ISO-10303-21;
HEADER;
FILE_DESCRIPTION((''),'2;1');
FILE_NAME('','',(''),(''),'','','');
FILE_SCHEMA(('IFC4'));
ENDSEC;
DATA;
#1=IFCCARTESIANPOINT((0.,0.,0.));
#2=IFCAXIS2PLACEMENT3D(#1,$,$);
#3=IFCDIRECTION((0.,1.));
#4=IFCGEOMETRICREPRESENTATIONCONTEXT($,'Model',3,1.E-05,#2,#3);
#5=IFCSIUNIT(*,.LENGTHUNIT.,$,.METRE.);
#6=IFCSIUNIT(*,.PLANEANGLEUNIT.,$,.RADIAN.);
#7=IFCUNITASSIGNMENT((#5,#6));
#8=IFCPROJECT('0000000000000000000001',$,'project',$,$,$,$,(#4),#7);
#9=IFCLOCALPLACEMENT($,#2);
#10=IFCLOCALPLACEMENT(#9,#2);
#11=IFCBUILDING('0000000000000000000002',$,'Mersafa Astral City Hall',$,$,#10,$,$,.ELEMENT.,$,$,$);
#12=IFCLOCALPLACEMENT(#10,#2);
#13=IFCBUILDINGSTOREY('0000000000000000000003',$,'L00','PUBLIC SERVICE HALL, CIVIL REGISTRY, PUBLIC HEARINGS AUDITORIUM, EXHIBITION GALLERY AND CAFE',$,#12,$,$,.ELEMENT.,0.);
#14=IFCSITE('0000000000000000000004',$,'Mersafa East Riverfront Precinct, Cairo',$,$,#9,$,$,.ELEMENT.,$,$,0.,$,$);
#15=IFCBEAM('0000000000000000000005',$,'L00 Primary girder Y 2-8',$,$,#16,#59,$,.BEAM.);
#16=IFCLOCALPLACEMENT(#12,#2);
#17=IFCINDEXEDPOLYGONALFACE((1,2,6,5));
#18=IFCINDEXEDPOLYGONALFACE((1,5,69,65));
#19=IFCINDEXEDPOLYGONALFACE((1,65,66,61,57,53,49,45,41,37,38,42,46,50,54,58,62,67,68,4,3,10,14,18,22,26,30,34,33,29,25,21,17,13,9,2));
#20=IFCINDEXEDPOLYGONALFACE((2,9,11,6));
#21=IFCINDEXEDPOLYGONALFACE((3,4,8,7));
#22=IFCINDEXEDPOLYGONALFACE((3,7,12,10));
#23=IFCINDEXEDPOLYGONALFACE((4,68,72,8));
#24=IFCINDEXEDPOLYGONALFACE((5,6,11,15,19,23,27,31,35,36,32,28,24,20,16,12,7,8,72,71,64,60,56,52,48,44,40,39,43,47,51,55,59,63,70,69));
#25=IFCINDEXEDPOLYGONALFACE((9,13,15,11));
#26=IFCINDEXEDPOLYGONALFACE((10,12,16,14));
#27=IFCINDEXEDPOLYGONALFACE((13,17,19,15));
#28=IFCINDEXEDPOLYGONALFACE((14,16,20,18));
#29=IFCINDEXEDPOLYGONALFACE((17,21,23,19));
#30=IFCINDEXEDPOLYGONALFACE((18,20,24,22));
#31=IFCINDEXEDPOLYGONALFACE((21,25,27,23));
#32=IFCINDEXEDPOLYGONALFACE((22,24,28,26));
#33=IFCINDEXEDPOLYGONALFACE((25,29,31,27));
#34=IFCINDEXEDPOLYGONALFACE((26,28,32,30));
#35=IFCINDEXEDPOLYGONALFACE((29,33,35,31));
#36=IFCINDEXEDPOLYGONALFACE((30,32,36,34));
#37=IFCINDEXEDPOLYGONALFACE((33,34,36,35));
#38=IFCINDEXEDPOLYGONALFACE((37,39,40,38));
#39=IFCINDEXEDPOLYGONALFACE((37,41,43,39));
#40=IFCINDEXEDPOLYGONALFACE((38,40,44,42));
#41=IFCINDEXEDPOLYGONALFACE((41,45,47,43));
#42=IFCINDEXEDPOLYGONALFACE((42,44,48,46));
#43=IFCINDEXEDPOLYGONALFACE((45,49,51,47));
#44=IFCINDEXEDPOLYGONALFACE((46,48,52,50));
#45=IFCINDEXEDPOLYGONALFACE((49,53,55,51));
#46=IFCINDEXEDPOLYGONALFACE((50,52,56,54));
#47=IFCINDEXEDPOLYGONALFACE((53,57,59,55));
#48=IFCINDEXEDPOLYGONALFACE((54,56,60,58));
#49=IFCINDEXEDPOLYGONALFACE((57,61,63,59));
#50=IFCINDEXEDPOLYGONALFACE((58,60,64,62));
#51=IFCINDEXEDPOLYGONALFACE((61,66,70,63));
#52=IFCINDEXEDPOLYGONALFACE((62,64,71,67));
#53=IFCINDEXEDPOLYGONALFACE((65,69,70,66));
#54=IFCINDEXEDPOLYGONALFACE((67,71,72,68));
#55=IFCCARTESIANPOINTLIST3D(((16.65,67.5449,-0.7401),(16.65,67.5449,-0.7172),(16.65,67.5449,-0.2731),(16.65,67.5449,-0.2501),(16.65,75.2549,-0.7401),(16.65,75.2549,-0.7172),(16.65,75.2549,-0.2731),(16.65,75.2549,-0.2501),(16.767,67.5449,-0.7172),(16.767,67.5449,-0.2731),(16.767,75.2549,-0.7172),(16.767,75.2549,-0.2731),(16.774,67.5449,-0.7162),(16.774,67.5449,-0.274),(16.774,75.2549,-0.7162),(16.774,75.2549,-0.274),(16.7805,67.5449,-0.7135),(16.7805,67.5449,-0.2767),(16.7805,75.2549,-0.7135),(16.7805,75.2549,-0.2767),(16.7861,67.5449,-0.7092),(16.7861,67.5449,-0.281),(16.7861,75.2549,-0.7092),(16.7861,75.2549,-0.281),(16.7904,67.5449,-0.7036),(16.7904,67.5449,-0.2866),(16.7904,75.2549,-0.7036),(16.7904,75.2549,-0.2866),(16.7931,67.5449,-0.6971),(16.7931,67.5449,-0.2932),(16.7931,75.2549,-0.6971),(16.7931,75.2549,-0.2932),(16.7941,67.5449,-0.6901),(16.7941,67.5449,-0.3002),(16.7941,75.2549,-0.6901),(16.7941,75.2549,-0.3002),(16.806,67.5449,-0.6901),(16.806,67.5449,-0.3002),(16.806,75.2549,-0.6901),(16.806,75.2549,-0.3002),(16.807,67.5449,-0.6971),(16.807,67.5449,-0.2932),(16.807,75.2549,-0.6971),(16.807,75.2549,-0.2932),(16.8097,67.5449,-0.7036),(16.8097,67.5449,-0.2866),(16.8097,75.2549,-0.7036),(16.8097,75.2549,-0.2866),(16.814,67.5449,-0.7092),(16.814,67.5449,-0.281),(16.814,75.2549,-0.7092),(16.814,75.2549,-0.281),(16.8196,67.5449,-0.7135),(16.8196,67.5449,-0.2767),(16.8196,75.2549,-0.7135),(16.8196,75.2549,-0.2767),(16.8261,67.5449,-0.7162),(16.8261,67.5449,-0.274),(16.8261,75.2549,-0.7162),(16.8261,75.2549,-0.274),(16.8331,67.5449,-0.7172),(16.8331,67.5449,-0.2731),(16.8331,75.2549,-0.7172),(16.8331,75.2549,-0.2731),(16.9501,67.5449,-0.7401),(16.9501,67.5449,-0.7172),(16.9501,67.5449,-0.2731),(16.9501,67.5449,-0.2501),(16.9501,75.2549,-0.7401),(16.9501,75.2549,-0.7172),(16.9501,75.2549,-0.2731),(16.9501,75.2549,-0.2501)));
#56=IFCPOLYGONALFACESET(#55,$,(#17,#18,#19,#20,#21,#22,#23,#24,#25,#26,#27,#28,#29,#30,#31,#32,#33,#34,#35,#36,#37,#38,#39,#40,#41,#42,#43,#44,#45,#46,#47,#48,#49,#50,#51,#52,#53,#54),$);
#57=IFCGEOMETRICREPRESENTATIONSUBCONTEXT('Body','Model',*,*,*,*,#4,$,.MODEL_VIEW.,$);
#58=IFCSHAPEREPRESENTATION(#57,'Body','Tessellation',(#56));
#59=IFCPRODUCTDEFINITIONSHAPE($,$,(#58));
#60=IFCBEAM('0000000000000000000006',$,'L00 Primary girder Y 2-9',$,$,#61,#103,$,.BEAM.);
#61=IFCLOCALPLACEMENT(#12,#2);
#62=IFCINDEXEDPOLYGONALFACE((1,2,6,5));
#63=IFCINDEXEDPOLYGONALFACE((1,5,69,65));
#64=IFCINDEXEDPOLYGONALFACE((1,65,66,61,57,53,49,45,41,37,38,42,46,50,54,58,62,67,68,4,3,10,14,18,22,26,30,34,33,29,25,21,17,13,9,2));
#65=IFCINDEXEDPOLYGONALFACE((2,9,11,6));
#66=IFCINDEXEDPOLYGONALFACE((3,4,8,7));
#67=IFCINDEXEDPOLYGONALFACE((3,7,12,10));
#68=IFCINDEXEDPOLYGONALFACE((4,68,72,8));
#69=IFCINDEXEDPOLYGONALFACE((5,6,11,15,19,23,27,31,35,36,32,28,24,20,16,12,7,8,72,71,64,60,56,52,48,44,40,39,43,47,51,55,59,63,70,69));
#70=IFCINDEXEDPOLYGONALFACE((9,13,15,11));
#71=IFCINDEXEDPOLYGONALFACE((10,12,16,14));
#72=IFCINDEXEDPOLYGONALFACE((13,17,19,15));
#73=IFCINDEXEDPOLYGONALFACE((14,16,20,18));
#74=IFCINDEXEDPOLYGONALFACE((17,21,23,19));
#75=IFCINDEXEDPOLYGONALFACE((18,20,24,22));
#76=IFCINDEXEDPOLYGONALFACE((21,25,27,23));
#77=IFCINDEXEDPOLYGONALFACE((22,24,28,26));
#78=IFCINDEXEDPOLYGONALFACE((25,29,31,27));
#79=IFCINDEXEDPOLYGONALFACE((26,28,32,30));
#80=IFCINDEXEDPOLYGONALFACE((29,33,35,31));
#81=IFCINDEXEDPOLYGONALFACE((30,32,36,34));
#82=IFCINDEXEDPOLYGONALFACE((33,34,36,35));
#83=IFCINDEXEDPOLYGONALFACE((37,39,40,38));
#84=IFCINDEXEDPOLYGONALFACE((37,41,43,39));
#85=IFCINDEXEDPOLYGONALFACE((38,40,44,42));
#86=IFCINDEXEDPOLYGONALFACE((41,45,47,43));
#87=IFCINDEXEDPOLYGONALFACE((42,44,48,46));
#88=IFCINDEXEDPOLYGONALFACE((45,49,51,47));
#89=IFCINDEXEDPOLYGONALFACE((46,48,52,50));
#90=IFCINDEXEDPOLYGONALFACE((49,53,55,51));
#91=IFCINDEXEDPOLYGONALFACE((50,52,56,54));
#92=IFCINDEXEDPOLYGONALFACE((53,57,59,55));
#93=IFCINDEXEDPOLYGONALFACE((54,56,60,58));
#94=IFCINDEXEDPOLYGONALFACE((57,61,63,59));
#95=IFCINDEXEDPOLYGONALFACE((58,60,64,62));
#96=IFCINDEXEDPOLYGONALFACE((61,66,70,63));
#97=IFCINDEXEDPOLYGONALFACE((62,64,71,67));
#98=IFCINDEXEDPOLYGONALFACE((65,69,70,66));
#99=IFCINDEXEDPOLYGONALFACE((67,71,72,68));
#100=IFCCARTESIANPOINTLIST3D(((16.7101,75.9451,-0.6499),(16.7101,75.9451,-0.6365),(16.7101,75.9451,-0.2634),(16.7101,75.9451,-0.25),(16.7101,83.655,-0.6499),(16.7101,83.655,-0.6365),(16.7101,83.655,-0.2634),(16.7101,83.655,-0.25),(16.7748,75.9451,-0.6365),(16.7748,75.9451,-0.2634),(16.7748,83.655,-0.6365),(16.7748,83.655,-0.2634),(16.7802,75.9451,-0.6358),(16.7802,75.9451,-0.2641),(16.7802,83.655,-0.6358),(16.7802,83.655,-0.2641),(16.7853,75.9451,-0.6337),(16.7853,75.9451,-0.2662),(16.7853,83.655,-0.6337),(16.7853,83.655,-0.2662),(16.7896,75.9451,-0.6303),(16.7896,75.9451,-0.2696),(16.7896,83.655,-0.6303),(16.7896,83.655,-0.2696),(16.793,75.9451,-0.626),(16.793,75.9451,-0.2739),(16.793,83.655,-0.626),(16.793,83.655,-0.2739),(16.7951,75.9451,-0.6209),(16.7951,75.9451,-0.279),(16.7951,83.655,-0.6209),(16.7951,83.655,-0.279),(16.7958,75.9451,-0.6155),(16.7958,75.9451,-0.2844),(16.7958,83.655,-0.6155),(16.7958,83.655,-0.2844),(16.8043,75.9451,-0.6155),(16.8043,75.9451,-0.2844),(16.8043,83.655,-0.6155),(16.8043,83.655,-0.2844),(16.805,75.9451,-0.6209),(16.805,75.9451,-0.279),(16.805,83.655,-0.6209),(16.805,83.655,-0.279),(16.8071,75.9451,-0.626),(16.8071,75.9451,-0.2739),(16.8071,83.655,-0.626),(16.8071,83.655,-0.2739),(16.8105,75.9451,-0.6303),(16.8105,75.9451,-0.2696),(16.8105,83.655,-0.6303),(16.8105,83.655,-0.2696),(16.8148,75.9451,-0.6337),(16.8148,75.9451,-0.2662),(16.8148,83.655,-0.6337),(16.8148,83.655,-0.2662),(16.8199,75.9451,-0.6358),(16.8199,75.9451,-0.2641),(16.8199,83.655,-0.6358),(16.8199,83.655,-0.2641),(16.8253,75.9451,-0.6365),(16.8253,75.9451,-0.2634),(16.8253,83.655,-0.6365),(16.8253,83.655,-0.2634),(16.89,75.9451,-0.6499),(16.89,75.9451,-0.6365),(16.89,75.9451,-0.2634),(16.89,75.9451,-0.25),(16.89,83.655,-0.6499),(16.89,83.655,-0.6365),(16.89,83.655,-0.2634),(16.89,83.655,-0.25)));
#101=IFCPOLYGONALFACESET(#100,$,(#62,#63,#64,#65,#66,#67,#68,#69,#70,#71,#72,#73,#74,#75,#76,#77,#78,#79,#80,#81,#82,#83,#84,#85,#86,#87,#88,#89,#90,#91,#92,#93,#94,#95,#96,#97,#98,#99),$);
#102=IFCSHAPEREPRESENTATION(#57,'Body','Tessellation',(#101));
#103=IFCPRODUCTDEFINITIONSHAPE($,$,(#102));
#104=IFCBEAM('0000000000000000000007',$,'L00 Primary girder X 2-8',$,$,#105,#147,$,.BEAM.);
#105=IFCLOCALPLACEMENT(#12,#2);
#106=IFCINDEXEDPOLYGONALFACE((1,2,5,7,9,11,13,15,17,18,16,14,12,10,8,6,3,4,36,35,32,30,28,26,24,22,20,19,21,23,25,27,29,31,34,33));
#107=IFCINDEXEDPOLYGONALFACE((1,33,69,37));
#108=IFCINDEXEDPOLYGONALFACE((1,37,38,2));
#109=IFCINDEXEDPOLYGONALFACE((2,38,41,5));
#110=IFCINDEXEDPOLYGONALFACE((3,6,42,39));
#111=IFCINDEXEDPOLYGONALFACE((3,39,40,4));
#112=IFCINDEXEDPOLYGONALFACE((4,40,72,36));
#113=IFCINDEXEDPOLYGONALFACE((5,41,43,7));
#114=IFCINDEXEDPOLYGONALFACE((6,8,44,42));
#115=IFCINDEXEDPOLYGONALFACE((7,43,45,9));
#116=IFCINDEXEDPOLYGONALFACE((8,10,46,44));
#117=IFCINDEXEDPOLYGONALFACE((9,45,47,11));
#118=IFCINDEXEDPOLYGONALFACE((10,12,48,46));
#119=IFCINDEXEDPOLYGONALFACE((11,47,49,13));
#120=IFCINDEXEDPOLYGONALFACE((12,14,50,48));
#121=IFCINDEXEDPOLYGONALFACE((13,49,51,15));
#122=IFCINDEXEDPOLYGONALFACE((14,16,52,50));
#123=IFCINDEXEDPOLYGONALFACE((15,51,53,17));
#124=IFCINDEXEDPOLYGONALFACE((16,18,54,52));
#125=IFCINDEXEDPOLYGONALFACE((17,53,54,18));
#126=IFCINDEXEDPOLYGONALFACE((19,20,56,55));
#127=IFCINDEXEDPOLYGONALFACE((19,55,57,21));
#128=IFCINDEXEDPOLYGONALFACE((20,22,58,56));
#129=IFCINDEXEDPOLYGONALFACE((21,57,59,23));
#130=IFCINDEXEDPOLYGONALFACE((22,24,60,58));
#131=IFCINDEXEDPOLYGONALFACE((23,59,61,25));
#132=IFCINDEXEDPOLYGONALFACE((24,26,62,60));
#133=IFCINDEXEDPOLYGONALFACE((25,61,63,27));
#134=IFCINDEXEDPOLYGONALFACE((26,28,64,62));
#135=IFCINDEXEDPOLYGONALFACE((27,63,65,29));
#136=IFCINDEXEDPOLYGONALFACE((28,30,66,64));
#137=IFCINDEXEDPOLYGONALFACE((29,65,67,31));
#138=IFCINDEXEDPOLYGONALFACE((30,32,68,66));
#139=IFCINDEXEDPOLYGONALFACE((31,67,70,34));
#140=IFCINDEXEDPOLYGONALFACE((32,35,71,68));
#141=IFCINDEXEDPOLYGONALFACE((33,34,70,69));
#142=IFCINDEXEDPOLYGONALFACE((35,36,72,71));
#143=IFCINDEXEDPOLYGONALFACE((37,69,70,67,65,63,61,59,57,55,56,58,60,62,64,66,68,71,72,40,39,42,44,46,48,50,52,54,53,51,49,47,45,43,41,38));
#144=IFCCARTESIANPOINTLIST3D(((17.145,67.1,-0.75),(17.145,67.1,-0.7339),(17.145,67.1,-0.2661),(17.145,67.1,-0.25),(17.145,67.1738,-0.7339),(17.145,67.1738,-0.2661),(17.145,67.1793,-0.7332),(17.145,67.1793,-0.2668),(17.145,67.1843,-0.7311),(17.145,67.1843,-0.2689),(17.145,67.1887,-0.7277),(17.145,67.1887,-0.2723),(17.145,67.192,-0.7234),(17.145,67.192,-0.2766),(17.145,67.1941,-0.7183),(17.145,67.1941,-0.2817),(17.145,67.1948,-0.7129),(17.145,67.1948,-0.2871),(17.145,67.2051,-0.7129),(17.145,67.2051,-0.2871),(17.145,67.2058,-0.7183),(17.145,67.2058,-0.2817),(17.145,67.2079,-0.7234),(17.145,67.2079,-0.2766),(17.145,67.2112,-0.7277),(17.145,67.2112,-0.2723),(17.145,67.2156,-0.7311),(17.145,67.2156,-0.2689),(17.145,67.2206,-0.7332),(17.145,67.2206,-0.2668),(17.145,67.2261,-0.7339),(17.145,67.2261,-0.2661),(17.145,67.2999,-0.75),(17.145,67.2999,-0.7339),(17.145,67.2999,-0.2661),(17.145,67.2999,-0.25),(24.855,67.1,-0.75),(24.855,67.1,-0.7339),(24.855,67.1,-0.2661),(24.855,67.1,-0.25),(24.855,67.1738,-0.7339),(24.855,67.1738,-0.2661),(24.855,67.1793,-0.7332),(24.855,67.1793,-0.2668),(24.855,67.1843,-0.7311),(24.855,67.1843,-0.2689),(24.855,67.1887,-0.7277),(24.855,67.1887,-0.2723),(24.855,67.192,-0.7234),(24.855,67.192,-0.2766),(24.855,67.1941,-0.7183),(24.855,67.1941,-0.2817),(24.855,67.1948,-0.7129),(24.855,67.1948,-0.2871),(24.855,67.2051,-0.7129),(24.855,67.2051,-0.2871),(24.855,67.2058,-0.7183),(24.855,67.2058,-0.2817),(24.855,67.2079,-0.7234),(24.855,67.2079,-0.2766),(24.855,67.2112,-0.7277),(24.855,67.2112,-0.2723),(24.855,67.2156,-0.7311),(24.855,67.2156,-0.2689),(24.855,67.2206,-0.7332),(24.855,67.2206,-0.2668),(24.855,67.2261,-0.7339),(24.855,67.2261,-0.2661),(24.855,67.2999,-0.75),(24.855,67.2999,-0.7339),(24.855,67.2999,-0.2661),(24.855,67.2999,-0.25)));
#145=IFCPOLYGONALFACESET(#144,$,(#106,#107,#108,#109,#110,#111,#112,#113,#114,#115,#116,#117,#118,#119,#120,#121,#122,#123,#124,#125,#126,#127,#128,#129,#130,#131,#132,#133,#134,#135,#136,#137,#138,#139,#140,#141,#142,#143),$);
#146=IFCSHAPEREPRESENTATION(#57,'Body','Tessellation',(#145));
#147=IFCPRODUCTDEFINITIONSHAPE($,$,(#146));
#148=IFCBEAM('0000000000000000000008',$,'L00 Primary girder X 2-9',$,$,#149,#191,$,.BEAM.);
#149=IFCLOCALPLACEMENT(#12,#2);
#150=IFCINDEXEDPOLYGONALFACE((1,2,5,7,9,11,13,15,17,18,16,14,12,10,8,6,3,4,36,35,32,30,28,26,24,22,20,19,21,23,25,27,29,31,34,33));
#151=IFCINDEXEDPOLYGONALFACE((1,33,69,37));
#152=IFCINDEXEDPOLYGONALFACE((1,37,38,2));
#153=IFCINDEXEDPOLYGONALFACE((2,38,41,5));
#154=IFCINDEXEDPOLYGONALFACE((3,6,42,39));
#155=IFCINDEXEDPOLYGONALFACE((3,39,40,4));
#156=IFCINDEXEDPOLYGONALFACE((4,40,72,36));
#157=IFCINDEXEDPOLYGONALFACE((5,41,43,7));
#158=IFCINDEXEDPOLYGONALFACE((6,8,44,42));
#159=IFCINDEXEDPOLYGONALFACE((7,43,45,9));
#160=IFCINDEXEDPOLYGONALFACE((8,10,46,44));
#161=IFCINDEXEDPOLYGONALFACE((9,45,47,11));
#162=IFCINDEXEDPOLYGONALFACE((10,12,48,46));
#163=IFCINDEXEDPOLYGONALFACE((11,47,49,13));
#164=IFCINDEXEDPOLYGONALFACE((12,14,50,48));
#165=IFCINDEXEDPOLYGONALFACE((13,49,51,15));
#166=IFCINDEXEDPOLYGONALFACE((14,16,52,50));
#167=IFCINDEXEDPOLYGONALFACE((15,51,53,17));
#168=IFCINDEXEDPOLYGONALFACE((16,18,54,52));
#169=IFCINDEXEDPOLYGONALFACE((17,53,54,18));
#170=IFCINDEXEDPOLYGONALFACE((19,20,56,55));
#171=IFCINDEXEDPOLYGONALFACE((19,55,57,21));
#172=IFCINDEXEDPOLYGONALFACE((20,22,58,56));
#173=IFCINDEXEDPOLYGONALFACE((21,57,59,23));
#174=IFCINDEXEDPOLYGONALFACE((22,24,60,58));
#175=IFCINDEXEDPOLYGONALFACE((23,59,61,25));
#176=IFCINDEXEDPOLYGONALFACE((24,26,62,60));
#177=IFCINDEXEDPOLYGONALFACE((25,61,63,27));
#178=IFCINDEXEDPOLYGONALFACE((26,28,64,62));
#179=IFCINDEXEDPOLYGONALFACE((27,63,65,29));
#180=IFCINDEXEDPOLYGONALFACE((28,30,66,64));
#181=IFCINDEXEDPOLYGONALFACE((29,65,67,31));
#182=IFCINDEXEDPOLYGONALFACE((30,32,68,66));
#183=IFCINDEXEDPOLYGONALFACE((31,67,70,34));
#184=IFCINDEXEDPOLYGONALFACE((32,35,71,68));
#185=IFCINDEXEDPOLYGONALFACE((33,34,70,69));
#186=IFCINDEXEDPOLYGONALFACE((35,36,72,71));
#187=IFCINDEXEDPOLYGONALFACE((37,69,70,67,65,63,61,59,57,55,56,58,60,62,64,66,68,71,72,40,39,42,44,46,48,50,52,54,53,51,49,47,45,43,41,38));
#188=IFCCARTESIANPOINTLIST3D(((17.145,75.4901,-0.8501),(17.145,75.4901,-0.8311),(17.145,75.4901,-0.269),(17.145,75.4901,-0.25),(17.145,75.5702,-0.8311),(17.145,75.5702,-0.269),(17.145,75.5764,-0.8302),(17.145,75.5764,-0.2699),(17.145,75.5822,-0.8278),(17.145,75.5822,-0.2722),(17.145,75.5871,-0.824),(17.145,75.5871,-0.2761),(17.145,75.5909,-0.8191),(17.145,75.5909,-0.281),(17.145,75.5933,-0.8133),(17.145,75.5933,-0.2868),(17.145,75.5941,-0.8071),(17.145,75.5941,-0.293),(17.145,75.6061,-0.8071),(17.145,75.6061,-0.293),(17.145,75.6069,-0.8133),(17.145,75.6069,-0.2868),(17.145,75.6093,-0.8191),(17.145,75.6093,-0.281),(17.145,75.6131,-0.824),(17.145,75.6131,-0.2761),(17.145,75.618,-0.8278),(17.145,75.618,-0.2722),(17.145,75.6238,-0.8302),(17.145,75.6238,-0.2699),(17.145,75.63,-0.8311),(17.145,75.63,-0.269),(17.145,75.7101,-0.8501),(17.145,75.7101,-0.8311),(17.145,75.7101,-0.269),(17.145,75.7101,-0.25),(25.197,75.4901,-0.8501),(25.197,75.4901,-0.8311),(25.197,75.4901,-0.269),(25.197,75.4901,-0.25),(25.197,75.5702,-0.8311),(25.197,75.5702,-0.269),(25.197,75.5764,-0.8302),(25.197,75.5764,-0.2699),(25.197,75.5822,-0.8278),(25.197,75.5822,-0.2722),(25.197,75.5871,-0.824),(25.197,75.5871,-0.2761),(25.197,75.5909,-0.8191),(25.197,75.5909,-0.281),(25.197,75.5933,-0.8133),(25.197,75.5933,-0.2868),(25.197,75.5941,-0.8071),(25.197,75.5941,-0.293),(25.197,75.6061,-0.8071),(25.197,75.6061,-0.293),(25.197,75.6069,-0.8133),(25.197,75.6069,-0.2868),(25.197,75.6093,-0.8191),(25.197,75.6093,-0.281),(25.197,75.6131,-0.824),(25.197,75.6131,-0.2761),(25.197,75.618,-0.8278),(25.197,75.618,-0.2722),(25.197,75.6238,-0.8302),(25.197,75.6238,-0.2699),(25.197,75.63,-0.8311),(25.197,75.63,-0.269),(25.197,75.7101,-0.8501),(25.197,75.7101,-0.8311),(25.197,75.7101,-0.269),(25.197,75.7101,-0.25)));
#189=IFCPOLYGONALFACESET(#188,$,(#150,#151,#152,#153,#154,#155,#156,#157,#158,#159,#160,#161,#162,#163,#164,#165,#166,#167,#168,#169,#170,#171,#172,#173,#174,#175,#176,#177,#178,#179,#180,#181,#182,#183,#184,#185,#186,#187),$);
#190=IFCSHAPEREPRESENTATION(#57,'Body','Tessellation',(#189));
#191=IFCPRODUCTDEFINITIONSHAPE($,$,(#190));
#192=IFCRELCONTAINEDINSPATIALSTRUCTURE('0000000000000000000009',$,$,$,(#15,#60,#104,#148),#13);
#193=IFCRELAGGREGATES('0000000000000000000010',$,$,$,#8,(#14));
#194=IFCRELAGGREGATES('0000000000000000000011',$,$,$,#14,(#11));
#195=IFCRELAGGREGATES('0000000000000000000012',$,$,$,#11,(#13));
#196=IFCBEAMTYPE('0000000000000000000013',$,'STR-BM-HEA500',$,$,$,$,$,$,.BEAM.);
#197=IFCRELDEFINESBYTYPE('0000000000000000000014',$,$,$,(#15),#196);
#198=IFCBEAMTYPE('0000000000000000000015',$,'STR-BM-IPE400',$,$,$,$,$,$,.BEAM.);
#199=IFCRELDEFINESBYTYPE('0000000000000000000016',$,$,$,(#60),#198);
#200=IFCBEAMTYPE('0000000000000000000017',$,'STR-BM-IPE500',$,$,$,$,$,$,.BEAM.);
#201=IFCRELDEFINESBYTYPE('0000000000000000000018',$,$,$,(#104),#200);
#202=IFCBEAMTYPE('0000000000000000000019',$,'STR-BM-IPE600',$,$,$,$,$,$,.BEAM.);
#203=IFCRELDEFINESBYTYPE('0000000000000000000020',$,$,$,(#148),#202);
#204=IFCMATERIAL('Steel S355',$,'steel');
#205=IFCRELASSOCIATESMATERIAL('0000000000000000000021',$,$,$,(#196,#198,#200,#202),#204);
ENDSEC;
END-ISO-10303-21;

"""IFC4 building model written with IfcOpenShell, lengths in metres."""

from ifc_helpers import new_model, si_unit, direction, frame, origin, origin_2d, place, context, subcontext, project, spatial, i_section, extrude, material, material_profile, profile_set, type_object, element, save


model = new_model("IFC4")

# Units and contexts
model_context = context("Model", 3, precision=1e-05, world=origin(), true_north=direction((0.0, 1.0)))
body_context = subcontext(model_context, "Body", "Model", "MODEL_VIEW")
ifc_project = project(units=[si_unit("LENGTHUNIT", "METRE"), si_unit("PLANEANGLEUNIT", "RADIAN")], contexts=[model_context])

# Site, building, storey
site_placement = place(None, origin())
site = spatial("IfcSite", under=ifc_project, at=site_placement, Name="Mersafa East Riverfront Precinct, Cairo", CompositionType="ELEMENT", RefElevation=0.0)
building_placement = place(site_placement, origin())
building = spatial("IfcBuilding", under=site, at=building_placement, Name="Mersafa Astral City Hall", CompositionType="ELEMENT")
storey_placement = place(building_placement, origin())
storey = spatial("IfcBuildingStorey", under=building, at=storey_placement, Name="L00", Description="PUBLIC SERVICE HALL, CIVIL REGISTRY, PUBLIC HEARINGS AUDITORIUM, EXHIBITION GALLERY AND CAFE", CompositionType="ELEMENT", Elevation=0.0)

# Shared definitions
ifc_material_1 = material(Name="Steel S355", Category="steel")

# Beams
ifc_material_profile_1 = material_profile(ifc_material_1, i_section(OverallWidth=0.3, OverallDepth=0.49, WebThickness=0.012, FlangeThickness=0.0229, FilletRadius=0.0271, at=origin_2d()), Name="HEA 500")
ifc_profile_set_1 = profile_set([ifc_material_profile_1], Name="Steel S355")
beam_type_1 = type_object("IfcBeamType", Name="STR-BM-HEA500", PredefinedType="BEAM", material=ifc_profile_set_1)
beam_1_placement = place(storey_placement, frame((16.8, 67.5449, -0.4951), z_axis=(0.0, 1.0, 0.0), x_axis=(-1.0, 0.0, 0.0)))
element("IfcBeam", 1, at=beam_1_placement, inside=storey, type_object=beam_type_1, Name="L00 Primary girder Y 2-8", PredefinedType="BEAM", context=body_context, shape_type="SweptSolid", body=[
    extrude(i_section(OverallWidth=0.3, OverallDepth=0.49, WebThickness=0.012, FlangeThickness=0.0229, FilletRadius=0.0271, at=origin_2d()), origin(), (0.0, 0.0, 1.0), 7.71),
])
ifc_material_profile_2 = material_profile(ifc_material_1, i_section(OverallWidth=0.1799, OverallDepth=0.3999, WebThickness=0.0085, FlangeThickness=0.0134, FilletRadius=0.021, at=origin_2d()), Name="IPE 400")
ifc_profile_set_2 = profile_set([ifc_material_profile_2], Name="Steel S355")
beam_type_2 = type_object("IfcBeamType", Name="STR-BM-IPE400", PredefinedType="BEAM", material=ifc_profile_set_2)
beam_2_placement = place(storey_placement, frame((16.8, 75.9451, -0.45), z_axis=(0.0, 1.0, 0.0), x_axis=(-1.0, 0.0, 0.0)))
element("IfcBeam", 2, at=beam_2_placement, inside=storey, type_object=beam_type_2, Name="L00 Primary girder Y 2-9", PredefinedType="BEAM", context=body_context, shape_type="SweptSolid", body=[
    extrude(i_section(OverallWidth=0.1799, OverallDepth=0.3999, WebThickness=0.0085, FlangeThickness=0.0134, FilletRadius=0.021, at=origin_2d()), origin(), (0.0, 0.0, 1.0), 7.71),
])
ifc_material_profile_3 = material_profile(ifc_material_1, i_section(OverallWidth=0.2, OverallDepth=0.5, WebThickness=0.0103, FlangeThickness=0.0161, FilletRadius=0.021, at=origin_2d()), Name="IPE 500")
ifc_profile_set_3 = profile_set([ifc_material_profile_3], Name="Steel S355")
beam_type_3 = type_object("IfcBeamType", Name="STR-BM-IPE500", PredefinedType="BEAM", material=ifc_profile_set_3)
beam_3_placement = place(storey_placement, frame((17.145, 67.2, -0.5), z_axis=(1.0, 0.0, 0.0), x_axis=(0.0, 1.0, 0.0)))
element("IfcBeam", 3, at=beam_3_placement, inside=storey, type_object=beam_type_3, Name="L00 Primary girder X 2-8", PredefinedType="BEAM", context=body_context, shape_type="SweptSolid", body=[
    extrude(i_section(OverallWidth=0.2, OverallDepth=0.5, WebThickness=0.0103, FlangeThickness=0.0161, FilletRadius=0.021, at=origin_2d()), origin(), (0.0, 0.0, 1.0), 7.71),
])
ifc_material_profile_4 = material_profile(ifc_material_1, i_section(OverallWidth=0.22, OverallDepth=0.6001, WebThickness=0.012, FlangeThickness=0.019, FilletRadius=0.0239, at=origin_2d()), Name="IPE 600")
ifc_profile_set_4 = profile_set([ifc_material_profile_4], Name="Steel S355")
beam_type_4 = type_object("IfcBeamType", Name="STR-BM-IPE600", PredefinedType="BEAM", material=ifc_profile_set_4)
beam_4_placement = place(storey_placement, frame((17.145, 75.6001, -0.55), z_axis=(1.0, 0.0, 0.0), x_axis=(0.0, 1.0, 0.0)))
element("IfcBeam", 4, at=beam_4_placement, inside=storey, type_object=beam_type_4, Name="L00 Primary girder X 2-9", PredefinedType="BEAM", context=body_context, shape_type="SweptSolid", body=[
    extrude(i_section(OverallWidth=0.22, OverallDepth=0.6001, WebThickness=0.012, FlangeThickness=0.019, FilletRadius=0.0239, at=origin_2d()), origin(), (0.0, 0.0, 1.0), 8.052),
])

save(model, "model.ifc")
